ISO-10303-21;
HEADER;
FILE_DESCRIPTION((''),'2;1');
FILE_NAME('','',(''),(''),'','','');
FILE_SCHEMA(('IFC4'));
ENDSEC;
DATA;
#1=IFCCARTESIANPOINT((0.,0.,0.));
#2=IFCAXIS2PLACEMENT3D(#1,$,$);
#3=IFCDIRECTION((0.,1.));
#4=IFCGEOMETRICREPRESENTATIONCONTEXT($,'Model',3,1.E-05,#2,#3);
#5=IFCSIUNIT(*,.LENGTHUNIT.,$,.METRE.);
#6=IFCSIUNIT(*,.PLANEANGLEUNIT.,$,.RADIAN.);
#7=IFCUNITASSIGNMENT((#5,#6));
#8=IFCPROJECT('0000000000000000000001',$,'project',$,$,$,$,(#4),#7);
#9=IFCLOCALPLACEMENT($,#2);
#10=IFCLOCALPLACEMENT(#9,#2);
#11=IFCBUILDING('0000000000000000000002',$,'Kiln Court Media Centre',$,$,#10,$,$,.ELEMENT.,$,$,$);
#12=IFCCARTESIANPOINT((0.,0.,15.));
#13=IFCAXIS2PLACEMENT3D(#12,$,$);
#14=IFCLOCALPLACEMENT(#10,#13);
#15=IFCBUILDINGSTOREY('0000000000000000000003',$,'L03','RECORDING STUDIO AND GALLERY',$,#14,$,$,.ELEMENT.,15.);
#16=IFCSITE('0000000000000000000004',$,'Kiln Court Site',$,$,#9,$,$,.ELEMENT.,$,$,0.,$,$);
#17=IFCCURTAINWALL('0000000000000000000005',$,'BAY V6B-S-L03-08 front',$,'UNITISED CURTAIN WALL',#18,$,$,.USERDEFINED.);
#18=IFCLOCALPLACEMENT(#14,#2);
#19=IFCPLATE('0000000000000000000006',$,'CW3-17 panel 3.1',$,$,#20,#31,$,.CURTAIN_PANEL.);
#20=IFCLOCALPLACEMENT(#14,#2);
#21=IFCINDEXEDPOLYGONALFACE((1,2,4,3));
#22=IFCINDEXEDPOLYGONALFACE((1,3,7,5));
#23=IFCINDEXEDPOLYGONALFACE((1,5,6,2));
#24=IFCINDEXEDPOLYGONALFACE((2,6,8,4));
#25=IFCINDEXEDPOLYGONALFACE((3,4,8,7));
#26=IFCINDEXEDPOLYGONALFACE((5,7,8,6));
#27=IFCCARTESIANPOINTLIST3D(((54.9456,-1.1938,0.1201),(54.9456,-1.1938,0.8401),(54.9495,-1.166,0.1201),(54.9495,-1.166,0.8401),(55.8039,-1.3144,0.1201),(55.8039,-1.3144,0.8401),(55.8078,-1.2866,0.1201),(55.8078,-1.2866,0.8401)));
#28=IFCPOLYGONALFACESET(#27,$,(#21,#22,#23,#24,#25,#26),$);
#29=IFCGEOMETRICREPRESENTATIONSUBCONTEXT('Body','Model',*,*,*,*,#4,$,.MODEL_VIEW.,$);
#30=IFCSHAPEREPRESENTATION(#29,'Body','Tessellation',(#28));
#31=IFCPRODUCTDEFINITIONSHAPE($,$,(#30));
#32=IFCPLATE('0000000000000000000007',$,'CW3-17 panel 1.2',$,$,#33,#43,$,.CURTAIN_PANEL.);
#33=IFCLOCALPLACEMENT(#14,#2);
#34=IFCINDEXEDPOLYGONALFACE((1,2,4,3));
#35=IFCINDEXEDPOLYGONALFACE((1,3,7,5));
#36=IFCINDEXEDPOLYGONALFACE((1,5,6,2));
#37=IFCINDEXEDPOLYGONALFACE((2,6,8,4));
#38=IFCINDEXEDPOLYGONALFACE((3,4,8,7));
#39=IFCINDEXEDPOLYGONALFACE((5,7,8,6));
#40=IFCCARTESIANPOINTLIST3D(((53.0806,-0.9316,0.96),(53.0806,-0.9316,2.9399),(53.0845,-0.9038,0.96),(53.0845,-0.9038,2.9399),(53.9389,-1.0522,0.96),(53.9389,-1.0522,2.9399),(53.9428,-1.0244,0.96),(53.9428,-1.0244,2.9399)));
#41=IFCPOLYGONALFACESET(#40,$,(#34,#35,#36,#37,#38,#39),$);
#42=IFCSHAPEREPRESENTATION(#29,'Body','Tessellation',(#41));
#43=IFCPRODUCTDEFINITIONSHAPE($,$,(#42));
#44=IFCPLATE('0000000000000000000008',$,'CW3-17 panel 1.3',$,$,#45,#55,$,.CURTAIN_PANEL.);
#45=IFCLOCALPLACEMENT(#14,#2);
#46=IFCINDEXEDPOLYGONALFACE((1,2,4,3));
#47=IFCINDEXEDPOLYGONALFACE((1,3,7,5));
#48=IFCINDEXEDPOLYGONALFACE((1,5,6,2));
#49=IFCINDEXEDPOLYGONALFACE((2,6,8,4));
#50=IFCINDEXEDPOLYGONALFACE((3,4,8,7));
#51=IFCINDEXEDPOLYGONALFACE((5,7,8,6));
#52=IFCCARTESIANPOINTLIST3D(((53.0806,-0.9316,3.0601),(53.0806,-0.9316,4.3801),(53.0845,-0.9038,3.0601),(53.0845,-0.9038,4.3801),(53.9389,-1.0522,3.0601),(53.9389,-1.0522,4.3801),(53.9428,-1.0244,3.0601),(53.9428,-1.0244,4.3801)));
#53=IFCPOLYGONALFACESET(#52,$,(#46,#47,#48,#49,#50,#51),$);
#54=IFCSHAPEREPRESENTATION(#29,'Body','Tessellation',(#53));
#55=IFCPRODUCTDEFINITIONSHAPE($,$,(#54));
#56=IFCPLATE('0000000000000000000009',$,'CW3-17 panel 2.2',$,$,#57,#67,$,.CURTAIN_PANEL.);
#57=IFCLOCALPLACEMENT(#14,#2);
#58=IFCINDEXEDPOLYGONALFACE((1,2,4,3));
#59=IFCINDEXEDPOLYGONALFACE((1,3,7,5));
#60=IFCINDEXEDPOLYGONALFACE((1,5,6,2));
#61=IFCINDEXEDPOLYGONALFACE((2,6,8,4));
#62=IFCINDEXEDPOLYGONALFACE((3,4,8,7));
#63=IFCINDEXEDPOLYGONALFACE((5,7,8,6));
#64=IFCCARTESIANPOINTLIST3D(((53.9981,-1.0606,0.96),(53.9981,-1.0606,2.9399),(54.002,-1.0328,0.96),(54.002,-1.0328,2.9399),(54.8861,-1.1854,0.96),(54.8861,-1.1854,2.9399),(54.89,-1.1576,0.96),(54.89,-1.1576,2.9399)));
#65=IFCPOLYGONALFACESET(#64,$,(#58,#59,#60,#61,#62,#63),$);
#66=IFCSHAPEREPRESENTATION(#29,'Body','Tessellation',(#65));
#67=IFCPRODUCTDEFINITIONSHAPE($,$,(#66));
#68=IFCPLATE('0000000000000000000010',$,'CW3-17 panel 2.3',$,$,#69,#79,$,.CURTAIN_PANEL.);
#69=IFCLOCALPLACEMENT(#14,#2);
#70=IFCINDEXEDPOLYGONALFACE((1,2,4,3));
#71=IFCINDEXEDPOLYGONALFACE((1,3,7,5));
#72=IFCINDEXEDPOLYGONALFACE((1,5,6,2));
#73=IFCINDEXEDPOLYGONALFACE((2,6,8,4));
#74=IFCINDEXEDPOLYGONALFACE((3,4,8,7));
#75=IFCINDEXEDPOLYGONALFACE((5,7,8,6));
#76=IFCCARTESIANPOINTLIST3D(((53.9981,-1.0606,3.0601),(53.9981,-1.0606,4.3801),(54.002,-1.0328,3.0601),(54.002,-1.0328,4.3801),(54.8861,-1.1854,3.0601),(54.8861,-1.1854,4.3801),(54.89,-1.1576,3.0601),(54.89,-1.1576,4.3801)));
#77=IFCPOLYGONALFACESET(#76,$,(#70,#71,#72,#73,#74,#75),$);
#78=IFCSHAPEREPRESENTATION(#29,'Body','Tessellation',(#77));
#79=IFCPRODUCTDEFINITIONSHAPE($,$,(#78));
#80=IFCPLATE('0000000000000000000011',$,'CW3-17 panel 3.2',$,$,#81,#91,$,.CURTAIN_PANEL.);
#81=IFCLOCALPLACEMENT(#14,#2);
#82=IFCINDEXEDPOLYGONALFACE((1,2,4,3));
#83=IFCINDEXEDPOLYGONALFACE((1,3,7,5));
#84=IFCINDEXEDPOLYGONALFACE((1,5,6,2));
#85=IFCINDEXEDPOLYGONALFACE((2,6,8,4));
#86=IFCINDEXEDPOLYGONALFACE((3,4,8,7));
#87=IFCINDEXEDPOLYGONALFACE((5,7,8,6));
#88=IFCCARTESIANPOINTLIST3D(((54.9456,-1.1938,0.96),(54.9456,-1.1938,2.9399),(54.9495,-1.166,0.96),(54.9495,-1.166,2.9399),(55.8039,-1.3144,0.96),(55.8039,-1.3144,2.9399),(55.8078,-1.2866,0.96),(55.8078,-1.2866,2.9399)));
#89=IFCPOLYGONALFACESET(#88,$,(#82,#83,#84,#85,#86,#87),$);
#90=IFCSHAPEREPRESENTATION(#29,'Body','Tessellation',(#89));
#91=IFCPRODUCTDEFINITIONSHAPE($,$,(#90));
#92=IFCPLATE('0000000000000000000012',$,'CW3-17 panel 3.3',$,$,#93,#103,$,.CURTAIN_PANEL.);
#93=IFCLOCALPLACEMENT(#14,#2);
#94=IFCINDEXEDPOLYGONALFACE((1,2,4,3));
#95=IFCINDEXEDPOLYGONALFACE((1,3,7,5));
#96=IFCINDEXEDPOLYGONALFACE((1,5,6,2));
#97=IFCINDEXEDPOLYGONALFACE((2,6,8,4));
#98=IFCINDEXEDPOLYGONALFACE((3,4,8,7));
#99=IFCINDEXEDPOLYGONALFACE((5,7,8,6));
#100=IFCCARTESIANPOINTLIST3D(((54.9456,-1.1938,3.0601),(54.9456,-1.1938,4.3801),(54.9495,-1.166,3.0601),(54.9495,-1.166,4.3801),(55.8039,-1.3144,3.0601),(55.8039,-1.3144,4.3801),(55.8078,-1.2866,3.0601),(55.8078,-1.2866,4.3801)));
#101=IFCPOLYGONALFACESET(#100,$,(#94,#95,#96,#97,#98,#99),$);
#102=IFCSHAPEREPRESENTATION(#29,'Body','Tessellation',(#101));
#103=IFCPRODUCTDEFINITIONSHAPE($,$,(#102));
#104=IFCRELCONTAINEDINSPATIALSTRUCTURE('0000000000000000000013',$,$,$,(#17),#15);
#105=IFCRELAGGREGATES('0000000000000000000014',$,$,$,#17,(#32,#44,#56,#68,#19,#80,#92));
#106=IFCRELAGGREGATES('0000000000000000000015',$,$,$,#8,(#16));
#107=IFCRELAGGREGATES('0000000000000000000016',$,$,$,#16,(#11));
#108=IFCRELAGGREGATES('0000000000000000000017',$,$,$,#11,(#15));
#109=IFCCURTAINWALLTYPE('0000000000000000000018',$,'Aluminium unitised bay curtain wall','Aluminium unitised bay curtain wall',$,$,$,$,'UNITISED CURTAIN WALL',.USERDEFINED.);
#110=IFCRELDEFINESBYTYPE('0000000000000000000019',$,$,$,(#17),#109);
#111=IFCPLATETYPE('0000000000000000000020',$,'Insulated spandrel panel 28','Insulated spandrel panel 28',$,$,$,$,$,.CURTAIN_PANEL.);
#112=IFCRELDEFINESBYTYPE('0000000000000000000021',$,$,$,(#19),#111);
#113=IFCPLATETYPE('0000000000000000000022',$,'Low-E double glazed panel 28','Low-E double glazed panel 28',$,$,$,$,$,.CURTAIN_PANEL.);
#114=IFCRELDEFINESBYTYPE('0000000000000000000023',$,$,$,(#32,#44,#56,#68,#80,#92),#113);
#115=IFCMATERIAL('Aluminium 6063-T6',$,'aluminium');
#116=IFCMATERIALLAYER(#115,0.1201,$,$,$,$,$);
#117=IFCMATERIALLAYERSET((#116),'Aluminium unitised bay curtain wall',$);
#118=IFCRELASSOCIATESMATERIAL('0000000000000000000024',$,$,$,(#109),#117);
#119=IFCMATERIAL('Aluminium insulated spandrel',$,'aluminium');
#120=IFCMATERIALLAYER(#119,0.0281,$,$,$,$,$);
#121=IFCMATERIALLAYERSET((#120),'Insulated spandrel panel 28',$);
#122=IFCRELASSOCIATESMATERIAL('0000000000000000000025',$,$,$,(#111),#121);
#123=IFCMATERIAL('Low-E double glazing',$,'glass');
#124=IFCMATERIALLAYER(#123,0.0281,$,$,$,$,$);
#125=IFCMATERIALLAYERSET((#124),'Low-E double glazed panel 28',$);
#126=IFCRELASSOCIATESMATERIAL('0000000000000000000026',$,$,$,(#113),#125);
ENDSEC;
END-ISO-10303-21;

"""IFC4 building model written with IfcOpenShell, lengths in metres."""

from ifc_helpers import new_model, si_unit, direction, frame, origin, origin_2d, place, context, subcontext, project, spatial, rectangle, extrude, material, layer, layer_set, type_object, element, aggregate, save


model = new_model("IFC4")

# Units and contexts
model_context = context("Model", 3, precision=1e-05, world=origin(), true_north=direction((0.0, 1.0)))
body_context = subcontext(model_context, "Body", "Model", "MODEL_VIEW")
ifc_project = project(units=[si_unit("LENGTHUNIT", "METRE"), si_unit("PLANEANGLEUNIT", "RADIAN")], contexts=[model_context])

# Site, building, storey
site_placement = place(None, origin())
site = spatial("IfcSite", under=ifc_project, at=site_placement, Name="Kiln Court Site", CompositionType="ELEMENT", RefElevation=0.0)
building_placement = place(site_placement, origin())
building = spatial("IfcBuilding", under=site, at=building_placement, Name="Kiln Court Media Centre", CompositionType="ELEMENT")
storey_placement = place(building_placement, frame((0.0, 0.0, 15.0)))
storey = spatial("IfcBuildingStorey", under=building, at=storey_placement, Name="L03", Description="RECORDING STUDIO AND GALLERY", CompositionType="ELEMENT", Elevation=15.0)

# Curtain wall, plates
ifc_material_1 = material(Name="Aluminium 6063-T6", Category="aluminium")
ifc_layer_1 = layer(ifc_material_1, 0.1201)
ifc_layer_set_1 = layer_set([ifc_layer_1], Name="Aluminium unitised bay curtain wall")
curtain_wall_type = type_object("IfcCurtainWallType", Name="Aluminium unitised bay curtain wall", Description="Aluminium unitised bay curtain wall", ElementType="UNITISED CURTAIN WALL", PredefinedType="USERDEFINED", material=ifc_layer_set_1)
curtain_wall_placement = place(storey_placement, origin())
curtain_wall = element("IfcCurtainWall", 1, at=curtain_wall_placement, inside=storey, type_object=curtain_wall_type, Name="BAY V6B-S-L03-08 front", ObjectType="UNITISED CURTAIN WALL", PredefinedType="USERDEFINED")
ifc_material_2 = material(Name="Aluminium insulated spandrel", Category="aluminium")
ifc_layer_2 = layer(ifc_material_2, 0.0281)
ifc_layer_set_2 = layer_set([ifc_layer_2], Name="Insulated spandrel panel 28")
plate_type_1 = type_object("IfcPlateType", Name="Insulated spandrel panel 28", Description="Insulated spandrel panel 28", PredefinedType="CURTAIN_PANEL", material=ifc_layer_set_2)
plate_1_placement = place(storey_placement, frame((55.3767, -1.2402, 0.1201), z_axis=(0.0, 0.0, 1.0), x_axis=(0.99027, -0.139162, 0.0)))
plate_1 = element("IfcPlate", 2, at=plate_1_placement, type_object=plate_type_1, Name="CW3-17 panel 3.1", PredefinedType="CURTAIN_PANEL", context=body_context, shape_type="SweptSolid", body=[
    extrude(rectangle(XDim=0.8667, YDim=0.0281, at=origin_2d()), origin(), (0.0, 0.0, 1.0), 0.72),
])
ifc_material_3 = material(Name="Low-E double glazing", Category="glass")
ifc_layer_3 = layer(ifc_material_3, 0.0281)
ifc_layer_set_3 = layer_set([ifc_layer_3], Name="Low-E double glazed panel 28")
plate_type_2 = type_object("IfcPlateType", Name="Low-E double glazed panel 28", Description="Low-E double glazed panel 28", PredefinedType="CURTAIN_PANEL", material=ifc_layer_set_3)
plate_2_placement = place(storey_placement, frame((53.5117, -0.978, 0.96), z_axis=(0.0, 0.0, 1.0), x_axis=(0.99027, -0.139162, 0.0)))
plate_2 = element("IfcPlate", 3, at=plate_2_placement, type_object=plate_type_2, Name="CW3-17 panel 1.2", PredefinedType="CURTAIN_PANEL", context=body_context, shape_type="SweptSolid", body=[
    extrude(rectangle(XDim=0.8667, YDim=0.0281, at=origin_2d()), origin(), (0.0, 0.0, 1.0), 1.98),
])
plate_3_placement = place(storey_placement, frame((53.5117, -0.978, 3.0601), z_axis=(0.0, 0.0, 1.0), x_axis=(0.99027, -0.139162, 0.0)))
plate_3 = element("IfcPlate", 4, at=plate_3_placement, type_object=plate_type_2, Name="CW3-17 panel 1.3", PredefinedType="CURTAIN_PANEL", context=body_context, shape_type="SweptSolid", body=[
    extrude(rectangle(XDim=0.8667, YDim=0.0281, at=origin_2d()), origin(), (0.0, 0.0, 1.0), 1.3201),
])
plate_4_placement = place(storey_placement, frame((54.4441, -1.1091, 0.96), z_axis=(0.0, 0.0, 1.0), x_axis=(0.99027, -0.139162, 0.0)))
plate_4 = element("IfcPlate", 5, at=plate_4_placement, type_object=plate_type_2, Name="CW3-17 panel 2.2", PredefinedType="CURTAIN_PANEL", context=body_context, shape_type="SweptSolid", body=[
    extrude(rectangle(XDim=0.8967, YDim=0.0281, at=origin_2d()), origin(), (0.0, 0.0, 1.0), 1.98),
])
plate_5_placement = place(storey_placement, frame((54.4441, -1.1091, 3.0601), z_axis=(0.0, 0.0, 1.0), x_axis=(0.99027, -0.139162, 0.0)))
plate_5 = element("IfcPlate", 6, at=plate_5_placement, type_object=plate_type_2, Name="CW3-17 panel 2.3", PredefinedType="CURTAIN_PANEL", context=body_context, shape_type="SweptSolid", body=[
    extrude(rectangle(XDim=0.8967, YDim=0.0281, at=origin_2d()), origin(), (0.0, 0.0, 1.0), 1.3201),
])
plate_6_placement = place(storey_placement, frame((55.3767, -1.2402, 0.96), z_axis=(0.0, 0.0, 1.0), x_axis=(0.99027, -0.139162, 0.0)))
plate_6 = element("IfcPlate", 7, at=plate_6_placement, type_object=plate_type_2, Name="CW3-17 panel 3.2", PredefinedType="CURTAIN_PANEL", context=body_context, shape_type="SweptSolid", body=[
    extrude(rectangle(XDim=0.8667, YDim=0.0281, at=origin_2d()), origin(), (0.0, 0.0, 1.0), 1.98),
])
plate_7_placement = place(storey_placement, frame((55.3767, -1.2402, 3.0601), z_axis=(0.0, 0.0, 1.0), x_axis=(0.99027, -0.139162, 0.0)))
plate_7 = element("IfcPlate", 8, at=plate_7_placement, type_object=plate_type_2, Name="CW3-17 panel 3.3", PredefinedType="CURTAIN_PANEL", context=body_context, shape_type="SweptSolid", body=[
    extrude(rectangle(XDim=0.8667, YDim=0.0281, at=origin_2d()), origin(), (0.0, 0.0, 1.0), 1.3201),
])
aggregate(curtain_wall, [plate_2, plate_3, plate_4, plate_5, plate_1, plate_6, plate_7])

save(model, "model.ifc")
